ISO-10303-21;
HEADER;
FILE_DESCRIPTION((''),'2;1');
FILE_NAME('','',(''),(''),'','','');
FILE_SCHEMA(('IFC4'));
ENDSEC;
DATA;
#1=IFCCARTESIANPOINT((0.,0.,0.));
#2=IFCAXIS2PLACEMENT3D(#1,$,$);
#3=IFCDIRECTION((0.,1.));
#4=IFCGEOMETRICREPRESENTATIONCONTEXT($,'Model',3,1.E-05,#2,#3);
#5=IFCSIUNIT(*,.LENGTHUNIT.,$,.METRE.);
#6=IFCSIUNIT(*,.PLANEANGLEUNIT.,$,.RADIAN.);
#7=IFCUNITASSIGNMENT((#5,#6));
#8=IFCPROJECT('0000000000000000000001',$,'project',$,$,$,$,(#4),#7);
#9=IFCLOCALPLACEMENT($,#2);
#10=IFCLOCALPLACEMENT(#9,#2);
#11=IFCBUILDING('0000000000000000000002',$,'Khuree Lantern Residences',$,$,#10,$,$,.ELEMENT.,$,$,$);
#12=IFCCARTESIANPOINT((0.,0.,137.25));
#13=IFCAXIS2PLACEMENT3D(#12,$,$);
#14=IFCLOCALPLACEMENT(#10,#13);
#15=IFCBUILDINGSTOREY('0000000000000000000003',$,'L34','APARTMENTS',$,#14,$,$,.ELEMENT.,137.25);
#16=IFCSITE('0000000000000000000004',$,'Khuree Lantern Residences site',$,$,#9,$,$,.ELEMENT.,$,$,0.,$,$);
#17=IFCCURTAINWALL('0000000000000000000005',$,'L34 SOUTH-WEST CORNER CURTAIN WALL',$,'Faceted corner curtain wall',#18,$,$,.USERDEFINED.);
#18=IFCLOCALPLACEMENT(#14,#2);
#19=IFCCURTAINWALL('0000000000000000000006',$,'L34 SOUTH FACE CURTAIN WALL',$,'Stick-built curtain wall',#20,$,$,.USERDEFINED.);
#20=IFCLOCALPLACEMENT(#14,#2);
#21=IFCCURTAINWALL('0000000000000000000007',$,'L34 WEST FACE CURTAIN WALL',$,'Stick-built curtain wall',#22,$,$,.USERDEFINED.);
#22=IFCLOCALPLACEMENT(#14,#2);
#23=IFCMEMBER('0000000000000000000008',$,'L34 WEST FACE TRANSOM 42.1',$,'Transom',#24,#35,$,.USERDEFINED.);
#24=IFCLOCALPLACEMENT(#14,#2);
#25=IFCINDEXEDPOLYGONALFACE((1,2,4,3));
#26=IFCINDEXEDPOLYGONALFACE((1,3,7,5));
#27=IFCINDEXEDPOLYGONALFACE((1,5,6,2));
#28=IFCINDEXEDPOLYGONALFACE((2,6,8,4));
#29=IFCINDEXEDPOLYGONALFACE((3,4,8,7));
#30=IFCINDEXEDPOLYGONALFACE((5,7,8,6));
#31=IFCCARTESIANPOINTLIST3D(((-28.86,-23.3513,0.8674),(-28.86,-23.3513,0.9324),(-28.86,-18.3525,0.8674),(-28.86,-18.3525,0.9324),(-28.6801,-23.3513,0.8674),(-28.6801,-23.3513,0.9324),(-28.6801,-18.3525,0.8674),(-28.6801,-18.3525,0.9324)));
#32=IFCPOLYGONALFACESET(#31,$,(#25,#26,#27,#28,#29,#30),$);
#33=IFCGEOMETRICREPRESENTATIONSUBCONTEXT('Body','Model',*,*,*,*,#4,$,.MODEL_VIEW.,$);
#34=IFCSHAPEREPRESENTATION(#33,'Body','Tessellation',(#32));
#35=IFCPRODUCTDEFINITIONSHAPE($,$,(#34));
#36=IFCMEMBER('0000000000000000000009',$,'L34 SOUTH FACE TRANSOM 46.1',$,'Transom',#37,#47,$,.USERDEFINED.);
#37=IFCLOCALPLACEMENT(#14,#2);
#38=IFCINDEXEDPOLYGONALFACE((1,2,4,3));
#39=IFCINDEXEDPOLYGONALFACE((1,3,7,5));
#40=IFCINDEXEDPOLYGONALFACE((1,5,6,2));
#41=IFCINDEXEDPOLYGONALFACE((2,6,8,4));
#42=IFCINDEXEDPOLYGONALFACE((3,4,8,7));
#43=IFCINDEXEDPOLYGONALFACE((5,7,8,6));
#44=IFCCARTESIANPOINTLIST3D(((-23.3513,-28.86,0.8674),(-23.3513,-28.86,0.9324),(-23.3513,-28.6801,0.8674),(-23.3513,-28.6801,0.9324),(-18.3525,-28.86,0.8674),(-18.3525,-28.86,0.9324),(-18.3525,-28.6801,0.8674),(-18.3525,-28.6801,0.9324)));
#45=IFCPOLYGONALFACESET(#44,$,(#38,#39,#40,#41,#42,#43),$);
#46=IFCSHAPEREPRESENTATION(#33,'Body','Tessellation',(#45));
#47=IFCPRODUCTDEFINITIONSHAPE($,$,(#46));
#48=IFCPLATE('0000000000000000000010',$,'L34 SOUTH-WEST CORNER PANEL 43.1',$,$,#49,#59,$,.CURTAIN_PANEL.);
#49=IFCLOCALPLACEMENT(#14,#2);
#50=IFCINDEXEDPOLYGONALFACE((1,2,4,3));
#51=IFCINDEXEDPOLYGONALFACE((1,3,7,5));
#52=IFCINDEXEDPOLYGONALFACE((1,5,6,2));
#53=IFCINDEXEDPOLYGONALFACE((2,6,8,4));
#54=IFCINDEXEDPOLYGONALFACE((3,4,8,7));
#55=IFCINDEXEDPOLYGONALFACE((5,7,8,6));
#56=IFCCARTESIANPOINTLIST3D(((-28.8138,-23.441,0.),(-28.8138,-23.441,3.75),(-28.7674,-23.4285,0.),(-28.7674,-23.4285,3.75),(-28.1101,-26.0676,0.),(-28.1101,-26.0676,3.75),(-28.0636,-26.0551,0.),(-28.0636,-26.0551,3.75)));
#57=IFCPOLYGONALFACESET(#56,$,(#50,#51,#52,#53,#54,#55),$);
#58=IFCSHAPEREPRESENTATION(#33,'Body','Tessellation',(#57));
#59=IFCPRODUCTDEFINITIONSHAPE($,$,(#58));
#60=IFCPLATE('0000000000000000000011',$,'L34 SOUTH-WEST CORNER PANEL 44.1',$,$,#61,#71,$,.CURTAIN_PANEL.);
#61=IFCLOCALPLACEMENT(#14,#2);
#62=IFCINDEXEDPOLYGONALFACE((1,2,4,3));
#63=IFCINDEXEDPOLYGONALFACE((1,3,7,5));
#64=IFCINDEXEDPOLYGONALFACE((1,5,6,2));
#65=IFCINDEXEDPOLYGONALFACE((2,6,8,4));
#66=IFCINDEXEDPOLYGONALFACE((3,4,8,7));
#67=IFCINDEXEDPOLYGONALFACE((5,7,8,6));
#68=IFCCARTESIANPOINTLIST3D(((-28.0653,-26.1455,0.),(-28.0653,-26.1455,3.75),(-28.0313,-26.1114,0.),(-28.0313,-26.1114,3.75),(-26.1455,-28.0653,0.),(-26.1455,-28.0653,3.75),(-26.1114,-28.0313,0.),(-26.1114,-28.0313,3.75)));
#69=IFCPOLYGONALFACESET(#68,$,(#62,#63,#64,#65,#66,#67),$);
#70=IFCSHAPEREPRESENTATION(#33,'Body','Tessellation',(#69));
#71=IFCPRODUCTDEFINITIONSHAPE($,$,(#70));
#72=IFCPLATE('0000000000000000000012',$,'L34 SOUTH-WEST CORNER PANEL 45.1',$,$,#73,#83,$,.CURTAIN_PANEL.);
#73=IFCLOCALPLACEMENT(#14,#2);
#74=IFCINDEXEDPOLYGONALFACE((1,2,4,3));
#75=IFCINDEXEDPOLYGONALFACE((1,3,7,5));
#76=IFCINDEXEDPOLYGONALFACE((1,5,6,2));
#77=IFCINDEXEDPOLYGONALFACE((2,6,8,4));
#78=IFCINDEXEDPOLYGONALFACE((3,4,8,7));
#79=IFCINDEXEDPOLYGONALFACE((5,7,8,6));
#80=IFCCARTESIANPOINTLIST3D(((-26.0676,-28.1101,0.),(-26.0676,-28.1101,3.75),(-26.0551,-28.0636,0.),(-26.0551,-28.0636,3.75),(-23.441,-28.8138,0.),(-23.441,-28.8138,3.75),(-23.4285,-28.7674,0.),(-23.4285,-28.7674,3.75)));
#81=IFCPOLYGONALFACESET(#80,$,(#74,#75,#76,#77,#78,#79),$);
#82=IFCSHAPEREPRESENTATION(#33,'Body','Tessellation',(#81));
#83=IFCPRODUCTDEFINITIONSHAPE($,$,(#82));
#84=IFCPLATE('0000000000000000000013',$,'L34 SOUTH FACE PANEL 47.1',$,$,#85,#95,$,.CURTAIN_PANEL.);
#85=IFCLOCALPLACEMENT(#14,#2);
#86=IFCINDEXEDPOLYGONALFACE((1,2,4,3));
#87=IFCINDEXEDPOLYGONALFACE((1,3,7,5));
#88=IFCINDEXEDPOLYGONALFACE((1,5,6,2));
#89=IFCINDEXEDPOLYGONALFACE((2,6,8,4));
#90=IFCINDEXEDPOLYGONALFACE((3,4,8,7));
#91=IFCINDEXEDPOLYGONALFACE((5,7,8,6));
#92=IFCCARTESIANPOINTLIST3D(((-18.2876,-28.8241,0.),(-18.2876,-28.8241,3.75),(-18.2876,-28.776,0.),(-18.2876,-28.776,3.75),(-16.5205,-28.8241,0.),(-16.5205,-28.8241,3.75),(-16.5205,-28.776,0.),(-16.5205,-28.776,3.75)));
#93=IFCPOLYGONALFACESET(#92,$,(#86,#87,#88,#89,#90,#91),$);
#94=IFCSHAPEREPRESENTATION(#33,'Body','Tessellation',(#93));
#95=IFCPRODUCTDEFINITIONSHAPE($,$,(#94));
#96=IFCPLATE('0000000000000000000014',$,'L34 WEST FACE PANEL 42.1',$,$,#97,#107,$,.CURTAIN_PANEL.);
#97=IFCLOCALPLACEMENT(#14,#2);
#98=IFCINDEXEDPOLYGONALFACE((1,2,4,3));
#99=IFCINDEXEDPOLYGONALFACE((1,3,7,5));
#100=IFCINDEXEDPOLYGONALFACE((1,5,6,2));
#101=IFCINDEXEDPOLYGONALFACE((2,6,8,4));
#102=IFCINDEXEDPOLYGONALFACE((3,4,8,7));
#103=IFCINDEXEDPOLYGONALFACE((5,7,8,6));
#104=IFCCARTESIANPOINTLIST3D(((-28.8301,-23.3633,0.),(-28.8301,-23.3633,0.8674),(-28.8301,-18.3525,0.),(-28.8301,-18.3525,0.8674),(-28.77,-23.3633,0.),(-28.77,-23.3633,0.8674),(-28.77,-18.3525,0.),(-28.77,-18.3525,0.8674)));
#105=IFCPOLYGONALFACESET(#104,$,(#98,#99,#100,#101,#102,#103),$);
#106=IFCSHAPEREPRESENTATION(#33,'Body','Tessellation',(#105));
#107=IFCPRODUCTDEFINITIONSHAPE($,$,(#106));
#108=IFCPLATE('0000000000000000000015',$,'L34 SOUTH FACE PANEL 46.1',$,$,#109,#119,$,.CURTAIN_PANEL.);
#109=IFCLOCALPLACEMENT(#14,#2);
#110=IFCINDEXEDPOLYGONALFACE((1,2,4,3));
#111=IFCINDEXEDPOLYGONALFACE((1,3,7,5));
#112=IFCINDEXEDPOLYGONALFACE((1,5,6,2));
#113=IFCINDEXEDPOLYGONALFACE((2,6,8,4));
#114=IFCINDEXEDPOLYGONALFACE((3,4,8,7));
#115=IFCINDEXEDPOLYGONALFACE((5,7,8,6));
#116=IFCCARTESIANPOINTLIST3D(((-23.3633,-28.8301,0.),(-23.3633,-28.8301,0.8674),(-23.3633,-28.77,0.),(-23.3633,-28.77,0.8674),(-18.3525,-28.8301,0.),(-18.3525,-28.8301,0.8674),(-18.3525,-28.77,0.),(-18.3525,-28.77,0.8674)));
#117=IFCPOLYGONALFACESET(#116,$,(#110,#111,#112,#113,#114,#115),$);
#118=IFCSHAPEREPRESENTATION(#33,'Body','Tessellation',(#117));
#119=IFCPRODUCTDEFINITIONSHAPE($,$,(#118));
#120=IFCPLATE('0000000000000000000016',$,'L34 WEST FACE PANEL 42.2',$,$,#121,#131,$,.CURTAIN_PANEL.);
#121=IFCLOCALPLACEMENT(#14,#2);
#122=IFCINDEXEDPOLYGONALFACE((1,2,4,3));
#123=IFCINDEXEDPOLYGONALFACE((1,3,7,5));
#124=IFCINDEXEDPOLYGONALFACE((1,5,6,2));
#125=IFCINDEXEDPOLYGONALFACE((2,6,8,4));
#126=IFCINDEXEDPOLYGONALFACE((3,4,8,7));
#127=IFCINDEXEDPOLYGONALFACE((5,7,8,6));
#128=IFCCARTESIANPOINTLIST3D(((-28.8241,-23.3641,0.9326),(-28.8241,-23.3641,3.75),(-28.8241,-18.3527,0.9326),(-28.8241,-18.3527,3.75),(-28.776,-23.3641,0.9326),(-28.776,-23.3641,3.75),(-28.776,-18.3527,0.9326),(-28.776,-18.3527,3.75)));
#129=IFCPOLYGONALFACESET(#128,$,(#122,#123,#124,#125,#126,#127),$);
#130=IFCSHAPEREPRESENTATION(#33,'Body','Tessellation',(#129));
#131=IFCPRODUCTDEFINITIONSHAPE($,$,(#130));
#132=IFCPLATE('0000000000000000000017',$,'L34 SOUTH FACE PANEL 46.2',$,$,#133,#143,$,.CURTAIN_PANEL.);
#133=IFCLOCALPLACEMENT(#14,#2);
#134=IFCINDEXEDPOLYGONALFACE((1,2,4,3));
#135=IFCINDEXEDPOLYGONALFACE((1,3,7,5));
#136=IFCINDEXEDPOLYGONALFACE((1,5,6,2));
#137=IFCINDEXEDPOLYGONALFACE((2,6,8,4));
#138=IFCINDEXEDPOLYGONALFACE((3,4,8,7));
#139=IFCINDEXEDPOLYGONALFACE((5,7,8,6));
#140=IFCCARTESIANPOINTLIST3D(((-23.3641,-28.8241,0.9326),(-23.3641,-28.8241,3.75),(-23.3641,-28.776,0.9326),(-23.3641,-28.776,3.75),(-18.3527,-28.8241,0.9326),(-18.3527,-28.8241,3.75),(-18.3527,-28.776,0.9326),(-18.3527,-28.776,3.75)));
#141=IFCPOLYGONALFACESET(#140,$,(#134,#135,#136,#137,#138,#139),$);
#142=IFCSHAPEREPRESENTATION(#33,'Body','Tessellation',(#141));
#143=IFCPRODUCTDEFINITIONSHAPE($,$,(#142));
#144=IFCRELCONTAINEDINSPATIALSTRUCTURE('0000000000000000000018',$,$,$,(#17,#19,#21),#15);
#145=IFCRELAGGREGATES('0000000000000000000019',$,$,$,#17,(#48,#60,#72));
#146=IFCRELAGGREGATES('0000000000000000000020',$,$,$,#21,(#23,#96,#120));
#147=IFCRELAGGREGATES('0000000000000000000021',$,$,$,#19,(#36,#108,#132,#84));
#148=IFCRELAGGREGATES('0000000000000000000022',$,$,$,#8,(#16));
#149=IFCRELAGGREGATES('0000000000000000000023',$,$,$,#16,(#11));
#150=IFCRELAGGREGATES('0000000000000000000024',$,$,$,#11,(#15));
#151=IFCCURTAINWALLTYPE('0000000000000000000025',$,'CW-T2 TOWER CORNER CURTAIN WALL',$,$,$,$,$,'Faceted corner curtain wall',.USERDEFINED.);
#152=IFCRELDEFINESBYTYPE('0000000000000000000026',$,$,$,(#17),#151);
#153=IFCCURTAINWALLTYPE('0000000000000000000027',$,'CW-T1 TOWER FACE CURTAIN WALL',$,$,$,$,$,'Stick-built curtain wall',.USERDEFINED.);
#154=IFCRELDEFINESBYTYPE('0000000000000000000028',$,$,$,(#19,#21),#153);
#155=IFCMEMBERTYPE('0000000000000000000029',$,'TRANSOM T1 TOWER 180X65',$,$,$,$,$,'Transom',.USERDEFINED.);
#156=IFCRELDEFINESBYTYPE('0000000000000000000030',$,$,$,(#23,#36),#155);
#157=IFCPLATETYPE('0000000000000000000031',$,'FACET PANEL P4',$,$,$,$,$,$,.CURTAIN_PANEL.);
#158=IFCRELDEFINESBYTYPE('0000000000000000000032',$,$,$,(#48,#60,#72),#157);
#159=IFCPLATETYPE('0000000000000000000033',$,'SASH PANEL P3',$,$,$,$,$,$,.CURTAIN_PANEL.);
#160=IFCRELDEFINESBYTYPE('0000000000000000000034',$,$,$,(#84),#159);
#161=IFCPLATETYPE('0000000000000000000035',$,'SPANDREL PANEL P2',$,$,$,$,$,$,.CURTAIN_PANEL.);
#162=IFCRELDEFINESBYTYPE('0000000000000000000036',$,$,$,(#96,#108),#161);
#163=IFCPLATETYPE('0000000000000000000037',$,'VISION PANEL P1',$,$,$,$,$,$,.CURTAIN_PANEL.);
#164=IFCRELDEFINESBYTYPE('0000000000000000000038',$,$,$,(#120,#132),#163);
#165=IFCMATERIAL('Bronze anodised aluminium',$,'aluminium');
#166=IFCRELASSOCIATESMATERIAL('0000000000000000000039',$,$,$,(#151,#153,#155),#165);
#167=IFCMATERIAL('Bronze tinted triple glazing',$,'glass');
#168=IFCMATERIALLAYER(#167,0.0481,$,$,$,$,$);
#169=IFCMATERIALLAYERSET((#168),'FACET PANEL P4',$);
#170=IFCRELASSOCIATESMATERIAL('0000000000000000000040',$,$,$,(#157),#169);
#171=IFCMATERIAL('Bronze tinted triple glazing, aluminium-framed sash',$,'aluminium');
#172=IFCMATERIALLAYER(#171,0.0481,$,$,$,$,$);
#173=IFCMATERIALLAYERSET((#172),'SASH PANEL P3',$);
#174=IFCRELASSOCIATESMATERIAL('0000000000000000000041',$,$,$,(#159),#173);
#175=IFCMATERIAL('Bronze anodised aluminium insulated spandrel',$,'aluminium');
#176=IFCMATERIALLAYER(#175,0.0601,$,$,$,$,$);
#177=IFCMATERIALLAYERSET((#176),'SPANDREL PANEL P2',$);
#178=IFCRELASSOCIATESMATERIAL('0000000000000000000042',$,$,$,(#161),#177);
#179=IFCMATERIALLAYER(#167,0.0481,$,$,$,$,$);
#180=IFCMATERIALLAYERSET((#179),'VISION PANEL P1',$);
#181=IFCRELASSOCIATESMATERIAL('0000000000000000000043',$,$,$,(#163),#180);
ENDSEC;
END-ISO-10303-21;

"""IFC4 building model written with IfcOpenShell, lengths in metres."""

from ifc_helpers import new_model, si_unit, direction, frame, origin, origin_2d, place, context, subcontext, project, spatial, rectangle, extrude, material, layer, layer_set, material_profile, profile_set, type_object, element, aggregate, save


model = new_model("IFC4")

# Units and contexts
model_context = context("Model", 3, precision=1e-05, world=origin(), true_north=direction((0.0, 1.0)))
body_context = subcontext(model_context, "Body", "Model", "MODEL_VIEW")
ifc_project = project(units=[si_unit("LENGTHUNIT", "METRE"), si_unit("PLANEANGLEUNIT", "RADIAN")], contexts=[model_context])

# Site, building, storey
site_placement = place(None, origin())
site = spatial("IfcSite", under=ifc_project, at=site_placement, Name="Khuree Lantern Residences site", CompositionType="ELEMENT", RefElevation=0.0)
building_placement = place(site_placement, origin())
building = spatial("IfcBuilding", under=site, at=building_placement, Name="Khuree Lantern Residences", CompositionType="ELEMENT")
storey_placement = place(building_placement, frame((0.0, 0.0, 137.25)))
storey = spatial("IfcBuildingStorey", under=building, at=storey_placement, Name="L34", Description="APARTMENTS", CompositionType="ELEMENT", Elevation=137.25)

# Curtain wall
ifc_material_1 = material(Name="Bronze anodised aluminium", Category="aluminium")
curtain_wall_type_1 = type_object("IfcCurtainWallType", Name="CW-T2 TOWER CORNER CURTAIN WALL", ElementType="Faceted corner curtain wall", PredefinedType="USERDEFINED", material=ifc_material_1)
curtain_wall_1_placement = place(storey_placement, origin())
curtain_wall_1 = element("IfcCurtainWall", 1, at=curtain_wall_1_placement, inside=storey, type_object=curtain_wall_type_1, Name="L34 SOUTH-WEST CORNER CURTAIN WALL", ObjectType="Faceted corner curtain wall", PredefinedType="USERDEFINED")

# Curtain wall
curtain_wall_type_2 = type_object("IfcCurtainWallType", Name="CW-T1 TOWER FACE CURTAIN WALL", ElementType="Stick-built curtain wall", PredefinedType="USERDEFINED", material=ifc_material_1)
curtain_wall_2_placement = place(storey_placement, origin())
curtain_wall_2 = element("IfcCurtainWall", 2, at=curtain_wall_2_placement, inside=storey, type_object=curtain_wall_type_2, Name="L34 SOUTH FACE CURTAIN WALL", ObjectType="Stick-built curtain wall", PredefinedType="USERDEFINED")

# Curtain wall, member
curtain_wall_3_placement = place(storey_placement, origin())
curtain_wall_3 = element("IfcCurtainWall", 3, at=curtain_wall_3_placement, inside=storey, type_object=curtain_wall_type_2, Name="L34 WEST FACE CURTAIN WALL", ObjectType="Stick-built curtain wall", PredefinedType="USERDEFINED")
ifc_material_profile_1 = material_profile(ifc_material_1, rectangle(XDim=0.1799, YDim=0.0649, at=origin_2d()), Name="T1 180X65")
ifc_profile_set_1 = profile_set([ifc_material_profile_1], Name="Bronze anodised aluminium")
member_type_1 = type_object("IfcMemberType", Name="TRANSOM T1 TOWER 180X65", ElementType="Transom", PredefinedType="USERDEFINED", material=ifc_profile_set_1)
member_1_placement = place(storey_placement, frame((-28.77, -18.3525, 0.8999), z_axis=(0.0, -1.0, 0.0), x_axis=(1.0, 0.0, 0.0)))
member_1 = element("IfcMember", 4, at=member_1_placement, type_object=member_type_1, Name="L34 WEST FACE TRANSOM 42.1", ObjectType="Transom", PredefinedType="USERDEFINED", context=body_context, shape_type="SweptSolid", body=[
    extrude(rectangle(XDim=0.1799, YDim=0.0649, at=origin_2d()), origin(), (0.0, 0.0, 1.0), 4.9988),
])

# Member
member_2_placement = place(storey_placement, frame((-23.3513, -28.77, 0.8999), z_axis=(1.0, 0.0, 0.0), x_axis=(0.0, 1.0, 0.0)))
member_2 = element("IfcMember", 5, at=member_2_placement, type_object=member_type_1, Name="L34 SOUTH FACE TRANSOM 46.1", ObjectType="Transom", PredefinedType="USERDEFINED", context=body_context, shape_type="SweptSolid", body=[
    extrude(rectangle(XDim=0.1799, YDim=0.0649, at=origin_2d()), origin(), (0.0, 0.0, 1.0), 4.9988),
])

# Plates
ifc_material_2 = material(Name="Bronze tinted triple glazing", Category="glass")
ifc_layer_1 = layer(ifc_material_2, 0.0481)
ifc_layer_set_1 = layer_set([ifc_layer_1], Name="FACET PANEL P4")
plate_type_1 = type_object("IfcPlateType", Name="FACET PANEL P4", PredefinedType="CURTAIN_PANEL", material=ifc_layer_set_1)
plate_1_placement = place(storey_placement, frame((-28.4387, -24.748, 0.0), z_axis=(0.0, 0.0, 1.0), x_axis=(0.258819, -0.965926, 0.0)))
plate_1 = element("IfcPlate", 6, at=plate_1_placement, type_object=plate_type_1, Name="L34 SOUTH-WEST CORNER PANEL 43.1", PredefinedType="CURTAIN_PANEL", context=body_context, shape_type="SweptSolid", body=[
    extrude(rectangle(XDim=2.7192, YDim=0.0481, at=origin_2d()), origin(), (0.0, 0.0, 1.0), 3.75),
])
plate_2_placement = place(storey_placement, frame((-27.0884, -27.0884, 0.0), z_axis=(0.0, 0.0, 1.0), x_axis=(0.707107, -0.707107, 0.0)))
plate_2 = element("IfcPlate", 7, at=plate_2_placement, type_object=plate_type_1, Name="L34 SOUTH-WEST CORNER PANEL 44.1", PredefinedType="CURTAIN_PANEL", context=body_context, shape_type="SweptSolid", body=[
    extrude(rectangle(XDim=2.7151, YDim=0.0481, at=origin_2d()), origin(), (0.0, 0.0, 1.0), 3.75),
])
plate_3_placement = place(storey_placement, frame((-24.748, -28.4387, 0.0), z_axis=(0.0, 0.0, 1.0), x_axis=(0.965926, -0.258819, 0.0)))
plate_3 = element("IfcPlate", 8, at=plate_3_placement, type_object=plate_type_1, Name="L34 SOUTH-WEST CORNER PANEL 45.1", PredefinedType="CURTAIN_PANEL", context=body_context, shape_type="SweptSolid", body=[
    extrude(rectangle(XDim=2.7192, YDim=0.0481, at=origin_2d()), origin(), (0.0, 0.0, 1.0), 3.75),
])
aggregate(curtain_wall_1, [plate_1, plate_2, plate_3])
ifc_material_3 = material(Name="Bronze tinted triple glazing, aluminium-framed sash", Category="aluminium")
ifc_layer_2 = layer(ifc_material_3, 0.0481)
ifc_layer_set_2 = layer_set([ifc_layer_2], Name="SASH PANEL P3")
plate_type_2 = type_object("IfcPlateType", Name="SASH PANEL P3", PredefinedType="CURTAIN_PANEL", material=ifc_layer_set_2)
plate_4_placement = place(storey_placement, frame((-17.4041, -28.8, 0.0), z_axis=(0.0, 0.0, 1.0), x_axis=(1.0, 0.0, 0.0)))
plate_4 = element("IfcPlate", 9, at=plate_4_placement, type_object=plate_type_2, Name="L34 SOUTH FACE PANEL 47.1", PredefinedType="CURTAIN_PANEL", context=body_context, shape_type="SweptSolid", body=[
    extrude(rectangle(XDim=1.7671, YDim=0.0481, at=origin_2d()), origin(), (0.0, 0.0, 1.0), 3.75),
])
ifc_material_4 = material(Name="Bronze anodised aluminium insulated spandrel", Category="aluminium")
ifc_layer_3 = layer(ifc_material_4, 0.0601)
ifc_layer_set_3 = layer_set([ifc_layer_3], Name="SPANDREL PANEL P2")
plate_type_3 = type_object("IfcPlateType", Name="SPANDREL PANEL P2", PredefinedType="CURTAIN_PANEL", material=ifc_layer_set_3)
plate_5_placement = place(storey_placement, frame((-28.8, -20.8579, 0.0), z_axis=(0.0, 0.0, 1.0), x_axis=(0.0, -1.0, 0.0)))
plate_5 = element("IfcPlate", 10, at=plate_5_placement, type_object=plate_type_3, Name="L34 WEST FACE PANEL 42.1", PredefinedType="CURTAIN_PANEL", context=body_context, shape_type="SweptSolid", body=[
    extrude(rectangle(XDim=5.0107, YDim=0.0601, at=origin_2d()), origin(), (0.0, 0.0, 1.0), 0.8674),
])
plate_6_placement = place(storey_placement, frame((-20.8579, -28.8, 0.0), z_axis=(0.0, 0.0, 1.0), x_axis=(1.0, 0.0, 0.0)))
plate_6 = element("IfcPlate", 11, at=plate_6_placement, type_object=plate_type_3, Name="L34 SOUTH FACE PANEL 46.1", PredefinedType="CURTAIN_PANEL", context=body_context, shape_type="SweptSolid", body=[
    extrude(rectangle(XDim=5.0107, YDim=0.0601, at=origin_2d()), origin(), (0.0, 0.0, 1.0), 0.8674),
])
ifc_layer_4 = layer(ifc_material_2, 0.0481)
ifc_layer_set_4 = layer_set([ifc_layer_4], Name="VISION PANEL P1")
plate_type_4 = type_object("IfcPlateType", Name="VISION PANEL P1", PredefinedType="CURTAIN_PANEL", material=ifc_layer_set_4)
plate_7_placement = place(storey_placement, frame((-28.8, -20.8584, 0.9326), z_axis=(0.0, 0.0, 1.0), x_axis=(0.0, -1.0, 0.0)))
plate_7 = element("IfcPlate", 12, at=plate_7_placement, type_object=plate_type_4, Name="L34 WEST FACE PANEL 42.2", PredefinedType="CURTAIN_PANEL", context=body_context, shape_type="SweptSolid", body=[
    extrude(rectangle(XDim=5.0115, YDim=0.0481, at=origin_2d()), origin(), (0.0, 0.0, 1.0), 2.8174),
])
aggregate(curtain_wall_3, [member_1, plate_5, plate_7])
plate_8_placement = place(storey_placement, frame((-20.8584, -28.8, 0.9326), z_axis=(0.0, 0.0, 1.0), x_axis=(1.0, 0.0, 0.0)))
plate_8 = element("IfcPlate", 13, at=plate_8_placement, type_object=plate_type_4, Name="L34 SOUTH FACE PANEL 46.2", PredefinedType="CURTAIN_PANEL", context=body_context, shape_type="SweptSolid", body=[
    extrude(rectangle(XDim=5.0115, YDim=0.0481, at=origin_2d()), origin(), (0.0, 0.0, 1.0), 2.8174),
])
aggregate(curtain_wall_2, [member_2, plate_6, plate_8, plate_4])

save(model, "model.ifc")
